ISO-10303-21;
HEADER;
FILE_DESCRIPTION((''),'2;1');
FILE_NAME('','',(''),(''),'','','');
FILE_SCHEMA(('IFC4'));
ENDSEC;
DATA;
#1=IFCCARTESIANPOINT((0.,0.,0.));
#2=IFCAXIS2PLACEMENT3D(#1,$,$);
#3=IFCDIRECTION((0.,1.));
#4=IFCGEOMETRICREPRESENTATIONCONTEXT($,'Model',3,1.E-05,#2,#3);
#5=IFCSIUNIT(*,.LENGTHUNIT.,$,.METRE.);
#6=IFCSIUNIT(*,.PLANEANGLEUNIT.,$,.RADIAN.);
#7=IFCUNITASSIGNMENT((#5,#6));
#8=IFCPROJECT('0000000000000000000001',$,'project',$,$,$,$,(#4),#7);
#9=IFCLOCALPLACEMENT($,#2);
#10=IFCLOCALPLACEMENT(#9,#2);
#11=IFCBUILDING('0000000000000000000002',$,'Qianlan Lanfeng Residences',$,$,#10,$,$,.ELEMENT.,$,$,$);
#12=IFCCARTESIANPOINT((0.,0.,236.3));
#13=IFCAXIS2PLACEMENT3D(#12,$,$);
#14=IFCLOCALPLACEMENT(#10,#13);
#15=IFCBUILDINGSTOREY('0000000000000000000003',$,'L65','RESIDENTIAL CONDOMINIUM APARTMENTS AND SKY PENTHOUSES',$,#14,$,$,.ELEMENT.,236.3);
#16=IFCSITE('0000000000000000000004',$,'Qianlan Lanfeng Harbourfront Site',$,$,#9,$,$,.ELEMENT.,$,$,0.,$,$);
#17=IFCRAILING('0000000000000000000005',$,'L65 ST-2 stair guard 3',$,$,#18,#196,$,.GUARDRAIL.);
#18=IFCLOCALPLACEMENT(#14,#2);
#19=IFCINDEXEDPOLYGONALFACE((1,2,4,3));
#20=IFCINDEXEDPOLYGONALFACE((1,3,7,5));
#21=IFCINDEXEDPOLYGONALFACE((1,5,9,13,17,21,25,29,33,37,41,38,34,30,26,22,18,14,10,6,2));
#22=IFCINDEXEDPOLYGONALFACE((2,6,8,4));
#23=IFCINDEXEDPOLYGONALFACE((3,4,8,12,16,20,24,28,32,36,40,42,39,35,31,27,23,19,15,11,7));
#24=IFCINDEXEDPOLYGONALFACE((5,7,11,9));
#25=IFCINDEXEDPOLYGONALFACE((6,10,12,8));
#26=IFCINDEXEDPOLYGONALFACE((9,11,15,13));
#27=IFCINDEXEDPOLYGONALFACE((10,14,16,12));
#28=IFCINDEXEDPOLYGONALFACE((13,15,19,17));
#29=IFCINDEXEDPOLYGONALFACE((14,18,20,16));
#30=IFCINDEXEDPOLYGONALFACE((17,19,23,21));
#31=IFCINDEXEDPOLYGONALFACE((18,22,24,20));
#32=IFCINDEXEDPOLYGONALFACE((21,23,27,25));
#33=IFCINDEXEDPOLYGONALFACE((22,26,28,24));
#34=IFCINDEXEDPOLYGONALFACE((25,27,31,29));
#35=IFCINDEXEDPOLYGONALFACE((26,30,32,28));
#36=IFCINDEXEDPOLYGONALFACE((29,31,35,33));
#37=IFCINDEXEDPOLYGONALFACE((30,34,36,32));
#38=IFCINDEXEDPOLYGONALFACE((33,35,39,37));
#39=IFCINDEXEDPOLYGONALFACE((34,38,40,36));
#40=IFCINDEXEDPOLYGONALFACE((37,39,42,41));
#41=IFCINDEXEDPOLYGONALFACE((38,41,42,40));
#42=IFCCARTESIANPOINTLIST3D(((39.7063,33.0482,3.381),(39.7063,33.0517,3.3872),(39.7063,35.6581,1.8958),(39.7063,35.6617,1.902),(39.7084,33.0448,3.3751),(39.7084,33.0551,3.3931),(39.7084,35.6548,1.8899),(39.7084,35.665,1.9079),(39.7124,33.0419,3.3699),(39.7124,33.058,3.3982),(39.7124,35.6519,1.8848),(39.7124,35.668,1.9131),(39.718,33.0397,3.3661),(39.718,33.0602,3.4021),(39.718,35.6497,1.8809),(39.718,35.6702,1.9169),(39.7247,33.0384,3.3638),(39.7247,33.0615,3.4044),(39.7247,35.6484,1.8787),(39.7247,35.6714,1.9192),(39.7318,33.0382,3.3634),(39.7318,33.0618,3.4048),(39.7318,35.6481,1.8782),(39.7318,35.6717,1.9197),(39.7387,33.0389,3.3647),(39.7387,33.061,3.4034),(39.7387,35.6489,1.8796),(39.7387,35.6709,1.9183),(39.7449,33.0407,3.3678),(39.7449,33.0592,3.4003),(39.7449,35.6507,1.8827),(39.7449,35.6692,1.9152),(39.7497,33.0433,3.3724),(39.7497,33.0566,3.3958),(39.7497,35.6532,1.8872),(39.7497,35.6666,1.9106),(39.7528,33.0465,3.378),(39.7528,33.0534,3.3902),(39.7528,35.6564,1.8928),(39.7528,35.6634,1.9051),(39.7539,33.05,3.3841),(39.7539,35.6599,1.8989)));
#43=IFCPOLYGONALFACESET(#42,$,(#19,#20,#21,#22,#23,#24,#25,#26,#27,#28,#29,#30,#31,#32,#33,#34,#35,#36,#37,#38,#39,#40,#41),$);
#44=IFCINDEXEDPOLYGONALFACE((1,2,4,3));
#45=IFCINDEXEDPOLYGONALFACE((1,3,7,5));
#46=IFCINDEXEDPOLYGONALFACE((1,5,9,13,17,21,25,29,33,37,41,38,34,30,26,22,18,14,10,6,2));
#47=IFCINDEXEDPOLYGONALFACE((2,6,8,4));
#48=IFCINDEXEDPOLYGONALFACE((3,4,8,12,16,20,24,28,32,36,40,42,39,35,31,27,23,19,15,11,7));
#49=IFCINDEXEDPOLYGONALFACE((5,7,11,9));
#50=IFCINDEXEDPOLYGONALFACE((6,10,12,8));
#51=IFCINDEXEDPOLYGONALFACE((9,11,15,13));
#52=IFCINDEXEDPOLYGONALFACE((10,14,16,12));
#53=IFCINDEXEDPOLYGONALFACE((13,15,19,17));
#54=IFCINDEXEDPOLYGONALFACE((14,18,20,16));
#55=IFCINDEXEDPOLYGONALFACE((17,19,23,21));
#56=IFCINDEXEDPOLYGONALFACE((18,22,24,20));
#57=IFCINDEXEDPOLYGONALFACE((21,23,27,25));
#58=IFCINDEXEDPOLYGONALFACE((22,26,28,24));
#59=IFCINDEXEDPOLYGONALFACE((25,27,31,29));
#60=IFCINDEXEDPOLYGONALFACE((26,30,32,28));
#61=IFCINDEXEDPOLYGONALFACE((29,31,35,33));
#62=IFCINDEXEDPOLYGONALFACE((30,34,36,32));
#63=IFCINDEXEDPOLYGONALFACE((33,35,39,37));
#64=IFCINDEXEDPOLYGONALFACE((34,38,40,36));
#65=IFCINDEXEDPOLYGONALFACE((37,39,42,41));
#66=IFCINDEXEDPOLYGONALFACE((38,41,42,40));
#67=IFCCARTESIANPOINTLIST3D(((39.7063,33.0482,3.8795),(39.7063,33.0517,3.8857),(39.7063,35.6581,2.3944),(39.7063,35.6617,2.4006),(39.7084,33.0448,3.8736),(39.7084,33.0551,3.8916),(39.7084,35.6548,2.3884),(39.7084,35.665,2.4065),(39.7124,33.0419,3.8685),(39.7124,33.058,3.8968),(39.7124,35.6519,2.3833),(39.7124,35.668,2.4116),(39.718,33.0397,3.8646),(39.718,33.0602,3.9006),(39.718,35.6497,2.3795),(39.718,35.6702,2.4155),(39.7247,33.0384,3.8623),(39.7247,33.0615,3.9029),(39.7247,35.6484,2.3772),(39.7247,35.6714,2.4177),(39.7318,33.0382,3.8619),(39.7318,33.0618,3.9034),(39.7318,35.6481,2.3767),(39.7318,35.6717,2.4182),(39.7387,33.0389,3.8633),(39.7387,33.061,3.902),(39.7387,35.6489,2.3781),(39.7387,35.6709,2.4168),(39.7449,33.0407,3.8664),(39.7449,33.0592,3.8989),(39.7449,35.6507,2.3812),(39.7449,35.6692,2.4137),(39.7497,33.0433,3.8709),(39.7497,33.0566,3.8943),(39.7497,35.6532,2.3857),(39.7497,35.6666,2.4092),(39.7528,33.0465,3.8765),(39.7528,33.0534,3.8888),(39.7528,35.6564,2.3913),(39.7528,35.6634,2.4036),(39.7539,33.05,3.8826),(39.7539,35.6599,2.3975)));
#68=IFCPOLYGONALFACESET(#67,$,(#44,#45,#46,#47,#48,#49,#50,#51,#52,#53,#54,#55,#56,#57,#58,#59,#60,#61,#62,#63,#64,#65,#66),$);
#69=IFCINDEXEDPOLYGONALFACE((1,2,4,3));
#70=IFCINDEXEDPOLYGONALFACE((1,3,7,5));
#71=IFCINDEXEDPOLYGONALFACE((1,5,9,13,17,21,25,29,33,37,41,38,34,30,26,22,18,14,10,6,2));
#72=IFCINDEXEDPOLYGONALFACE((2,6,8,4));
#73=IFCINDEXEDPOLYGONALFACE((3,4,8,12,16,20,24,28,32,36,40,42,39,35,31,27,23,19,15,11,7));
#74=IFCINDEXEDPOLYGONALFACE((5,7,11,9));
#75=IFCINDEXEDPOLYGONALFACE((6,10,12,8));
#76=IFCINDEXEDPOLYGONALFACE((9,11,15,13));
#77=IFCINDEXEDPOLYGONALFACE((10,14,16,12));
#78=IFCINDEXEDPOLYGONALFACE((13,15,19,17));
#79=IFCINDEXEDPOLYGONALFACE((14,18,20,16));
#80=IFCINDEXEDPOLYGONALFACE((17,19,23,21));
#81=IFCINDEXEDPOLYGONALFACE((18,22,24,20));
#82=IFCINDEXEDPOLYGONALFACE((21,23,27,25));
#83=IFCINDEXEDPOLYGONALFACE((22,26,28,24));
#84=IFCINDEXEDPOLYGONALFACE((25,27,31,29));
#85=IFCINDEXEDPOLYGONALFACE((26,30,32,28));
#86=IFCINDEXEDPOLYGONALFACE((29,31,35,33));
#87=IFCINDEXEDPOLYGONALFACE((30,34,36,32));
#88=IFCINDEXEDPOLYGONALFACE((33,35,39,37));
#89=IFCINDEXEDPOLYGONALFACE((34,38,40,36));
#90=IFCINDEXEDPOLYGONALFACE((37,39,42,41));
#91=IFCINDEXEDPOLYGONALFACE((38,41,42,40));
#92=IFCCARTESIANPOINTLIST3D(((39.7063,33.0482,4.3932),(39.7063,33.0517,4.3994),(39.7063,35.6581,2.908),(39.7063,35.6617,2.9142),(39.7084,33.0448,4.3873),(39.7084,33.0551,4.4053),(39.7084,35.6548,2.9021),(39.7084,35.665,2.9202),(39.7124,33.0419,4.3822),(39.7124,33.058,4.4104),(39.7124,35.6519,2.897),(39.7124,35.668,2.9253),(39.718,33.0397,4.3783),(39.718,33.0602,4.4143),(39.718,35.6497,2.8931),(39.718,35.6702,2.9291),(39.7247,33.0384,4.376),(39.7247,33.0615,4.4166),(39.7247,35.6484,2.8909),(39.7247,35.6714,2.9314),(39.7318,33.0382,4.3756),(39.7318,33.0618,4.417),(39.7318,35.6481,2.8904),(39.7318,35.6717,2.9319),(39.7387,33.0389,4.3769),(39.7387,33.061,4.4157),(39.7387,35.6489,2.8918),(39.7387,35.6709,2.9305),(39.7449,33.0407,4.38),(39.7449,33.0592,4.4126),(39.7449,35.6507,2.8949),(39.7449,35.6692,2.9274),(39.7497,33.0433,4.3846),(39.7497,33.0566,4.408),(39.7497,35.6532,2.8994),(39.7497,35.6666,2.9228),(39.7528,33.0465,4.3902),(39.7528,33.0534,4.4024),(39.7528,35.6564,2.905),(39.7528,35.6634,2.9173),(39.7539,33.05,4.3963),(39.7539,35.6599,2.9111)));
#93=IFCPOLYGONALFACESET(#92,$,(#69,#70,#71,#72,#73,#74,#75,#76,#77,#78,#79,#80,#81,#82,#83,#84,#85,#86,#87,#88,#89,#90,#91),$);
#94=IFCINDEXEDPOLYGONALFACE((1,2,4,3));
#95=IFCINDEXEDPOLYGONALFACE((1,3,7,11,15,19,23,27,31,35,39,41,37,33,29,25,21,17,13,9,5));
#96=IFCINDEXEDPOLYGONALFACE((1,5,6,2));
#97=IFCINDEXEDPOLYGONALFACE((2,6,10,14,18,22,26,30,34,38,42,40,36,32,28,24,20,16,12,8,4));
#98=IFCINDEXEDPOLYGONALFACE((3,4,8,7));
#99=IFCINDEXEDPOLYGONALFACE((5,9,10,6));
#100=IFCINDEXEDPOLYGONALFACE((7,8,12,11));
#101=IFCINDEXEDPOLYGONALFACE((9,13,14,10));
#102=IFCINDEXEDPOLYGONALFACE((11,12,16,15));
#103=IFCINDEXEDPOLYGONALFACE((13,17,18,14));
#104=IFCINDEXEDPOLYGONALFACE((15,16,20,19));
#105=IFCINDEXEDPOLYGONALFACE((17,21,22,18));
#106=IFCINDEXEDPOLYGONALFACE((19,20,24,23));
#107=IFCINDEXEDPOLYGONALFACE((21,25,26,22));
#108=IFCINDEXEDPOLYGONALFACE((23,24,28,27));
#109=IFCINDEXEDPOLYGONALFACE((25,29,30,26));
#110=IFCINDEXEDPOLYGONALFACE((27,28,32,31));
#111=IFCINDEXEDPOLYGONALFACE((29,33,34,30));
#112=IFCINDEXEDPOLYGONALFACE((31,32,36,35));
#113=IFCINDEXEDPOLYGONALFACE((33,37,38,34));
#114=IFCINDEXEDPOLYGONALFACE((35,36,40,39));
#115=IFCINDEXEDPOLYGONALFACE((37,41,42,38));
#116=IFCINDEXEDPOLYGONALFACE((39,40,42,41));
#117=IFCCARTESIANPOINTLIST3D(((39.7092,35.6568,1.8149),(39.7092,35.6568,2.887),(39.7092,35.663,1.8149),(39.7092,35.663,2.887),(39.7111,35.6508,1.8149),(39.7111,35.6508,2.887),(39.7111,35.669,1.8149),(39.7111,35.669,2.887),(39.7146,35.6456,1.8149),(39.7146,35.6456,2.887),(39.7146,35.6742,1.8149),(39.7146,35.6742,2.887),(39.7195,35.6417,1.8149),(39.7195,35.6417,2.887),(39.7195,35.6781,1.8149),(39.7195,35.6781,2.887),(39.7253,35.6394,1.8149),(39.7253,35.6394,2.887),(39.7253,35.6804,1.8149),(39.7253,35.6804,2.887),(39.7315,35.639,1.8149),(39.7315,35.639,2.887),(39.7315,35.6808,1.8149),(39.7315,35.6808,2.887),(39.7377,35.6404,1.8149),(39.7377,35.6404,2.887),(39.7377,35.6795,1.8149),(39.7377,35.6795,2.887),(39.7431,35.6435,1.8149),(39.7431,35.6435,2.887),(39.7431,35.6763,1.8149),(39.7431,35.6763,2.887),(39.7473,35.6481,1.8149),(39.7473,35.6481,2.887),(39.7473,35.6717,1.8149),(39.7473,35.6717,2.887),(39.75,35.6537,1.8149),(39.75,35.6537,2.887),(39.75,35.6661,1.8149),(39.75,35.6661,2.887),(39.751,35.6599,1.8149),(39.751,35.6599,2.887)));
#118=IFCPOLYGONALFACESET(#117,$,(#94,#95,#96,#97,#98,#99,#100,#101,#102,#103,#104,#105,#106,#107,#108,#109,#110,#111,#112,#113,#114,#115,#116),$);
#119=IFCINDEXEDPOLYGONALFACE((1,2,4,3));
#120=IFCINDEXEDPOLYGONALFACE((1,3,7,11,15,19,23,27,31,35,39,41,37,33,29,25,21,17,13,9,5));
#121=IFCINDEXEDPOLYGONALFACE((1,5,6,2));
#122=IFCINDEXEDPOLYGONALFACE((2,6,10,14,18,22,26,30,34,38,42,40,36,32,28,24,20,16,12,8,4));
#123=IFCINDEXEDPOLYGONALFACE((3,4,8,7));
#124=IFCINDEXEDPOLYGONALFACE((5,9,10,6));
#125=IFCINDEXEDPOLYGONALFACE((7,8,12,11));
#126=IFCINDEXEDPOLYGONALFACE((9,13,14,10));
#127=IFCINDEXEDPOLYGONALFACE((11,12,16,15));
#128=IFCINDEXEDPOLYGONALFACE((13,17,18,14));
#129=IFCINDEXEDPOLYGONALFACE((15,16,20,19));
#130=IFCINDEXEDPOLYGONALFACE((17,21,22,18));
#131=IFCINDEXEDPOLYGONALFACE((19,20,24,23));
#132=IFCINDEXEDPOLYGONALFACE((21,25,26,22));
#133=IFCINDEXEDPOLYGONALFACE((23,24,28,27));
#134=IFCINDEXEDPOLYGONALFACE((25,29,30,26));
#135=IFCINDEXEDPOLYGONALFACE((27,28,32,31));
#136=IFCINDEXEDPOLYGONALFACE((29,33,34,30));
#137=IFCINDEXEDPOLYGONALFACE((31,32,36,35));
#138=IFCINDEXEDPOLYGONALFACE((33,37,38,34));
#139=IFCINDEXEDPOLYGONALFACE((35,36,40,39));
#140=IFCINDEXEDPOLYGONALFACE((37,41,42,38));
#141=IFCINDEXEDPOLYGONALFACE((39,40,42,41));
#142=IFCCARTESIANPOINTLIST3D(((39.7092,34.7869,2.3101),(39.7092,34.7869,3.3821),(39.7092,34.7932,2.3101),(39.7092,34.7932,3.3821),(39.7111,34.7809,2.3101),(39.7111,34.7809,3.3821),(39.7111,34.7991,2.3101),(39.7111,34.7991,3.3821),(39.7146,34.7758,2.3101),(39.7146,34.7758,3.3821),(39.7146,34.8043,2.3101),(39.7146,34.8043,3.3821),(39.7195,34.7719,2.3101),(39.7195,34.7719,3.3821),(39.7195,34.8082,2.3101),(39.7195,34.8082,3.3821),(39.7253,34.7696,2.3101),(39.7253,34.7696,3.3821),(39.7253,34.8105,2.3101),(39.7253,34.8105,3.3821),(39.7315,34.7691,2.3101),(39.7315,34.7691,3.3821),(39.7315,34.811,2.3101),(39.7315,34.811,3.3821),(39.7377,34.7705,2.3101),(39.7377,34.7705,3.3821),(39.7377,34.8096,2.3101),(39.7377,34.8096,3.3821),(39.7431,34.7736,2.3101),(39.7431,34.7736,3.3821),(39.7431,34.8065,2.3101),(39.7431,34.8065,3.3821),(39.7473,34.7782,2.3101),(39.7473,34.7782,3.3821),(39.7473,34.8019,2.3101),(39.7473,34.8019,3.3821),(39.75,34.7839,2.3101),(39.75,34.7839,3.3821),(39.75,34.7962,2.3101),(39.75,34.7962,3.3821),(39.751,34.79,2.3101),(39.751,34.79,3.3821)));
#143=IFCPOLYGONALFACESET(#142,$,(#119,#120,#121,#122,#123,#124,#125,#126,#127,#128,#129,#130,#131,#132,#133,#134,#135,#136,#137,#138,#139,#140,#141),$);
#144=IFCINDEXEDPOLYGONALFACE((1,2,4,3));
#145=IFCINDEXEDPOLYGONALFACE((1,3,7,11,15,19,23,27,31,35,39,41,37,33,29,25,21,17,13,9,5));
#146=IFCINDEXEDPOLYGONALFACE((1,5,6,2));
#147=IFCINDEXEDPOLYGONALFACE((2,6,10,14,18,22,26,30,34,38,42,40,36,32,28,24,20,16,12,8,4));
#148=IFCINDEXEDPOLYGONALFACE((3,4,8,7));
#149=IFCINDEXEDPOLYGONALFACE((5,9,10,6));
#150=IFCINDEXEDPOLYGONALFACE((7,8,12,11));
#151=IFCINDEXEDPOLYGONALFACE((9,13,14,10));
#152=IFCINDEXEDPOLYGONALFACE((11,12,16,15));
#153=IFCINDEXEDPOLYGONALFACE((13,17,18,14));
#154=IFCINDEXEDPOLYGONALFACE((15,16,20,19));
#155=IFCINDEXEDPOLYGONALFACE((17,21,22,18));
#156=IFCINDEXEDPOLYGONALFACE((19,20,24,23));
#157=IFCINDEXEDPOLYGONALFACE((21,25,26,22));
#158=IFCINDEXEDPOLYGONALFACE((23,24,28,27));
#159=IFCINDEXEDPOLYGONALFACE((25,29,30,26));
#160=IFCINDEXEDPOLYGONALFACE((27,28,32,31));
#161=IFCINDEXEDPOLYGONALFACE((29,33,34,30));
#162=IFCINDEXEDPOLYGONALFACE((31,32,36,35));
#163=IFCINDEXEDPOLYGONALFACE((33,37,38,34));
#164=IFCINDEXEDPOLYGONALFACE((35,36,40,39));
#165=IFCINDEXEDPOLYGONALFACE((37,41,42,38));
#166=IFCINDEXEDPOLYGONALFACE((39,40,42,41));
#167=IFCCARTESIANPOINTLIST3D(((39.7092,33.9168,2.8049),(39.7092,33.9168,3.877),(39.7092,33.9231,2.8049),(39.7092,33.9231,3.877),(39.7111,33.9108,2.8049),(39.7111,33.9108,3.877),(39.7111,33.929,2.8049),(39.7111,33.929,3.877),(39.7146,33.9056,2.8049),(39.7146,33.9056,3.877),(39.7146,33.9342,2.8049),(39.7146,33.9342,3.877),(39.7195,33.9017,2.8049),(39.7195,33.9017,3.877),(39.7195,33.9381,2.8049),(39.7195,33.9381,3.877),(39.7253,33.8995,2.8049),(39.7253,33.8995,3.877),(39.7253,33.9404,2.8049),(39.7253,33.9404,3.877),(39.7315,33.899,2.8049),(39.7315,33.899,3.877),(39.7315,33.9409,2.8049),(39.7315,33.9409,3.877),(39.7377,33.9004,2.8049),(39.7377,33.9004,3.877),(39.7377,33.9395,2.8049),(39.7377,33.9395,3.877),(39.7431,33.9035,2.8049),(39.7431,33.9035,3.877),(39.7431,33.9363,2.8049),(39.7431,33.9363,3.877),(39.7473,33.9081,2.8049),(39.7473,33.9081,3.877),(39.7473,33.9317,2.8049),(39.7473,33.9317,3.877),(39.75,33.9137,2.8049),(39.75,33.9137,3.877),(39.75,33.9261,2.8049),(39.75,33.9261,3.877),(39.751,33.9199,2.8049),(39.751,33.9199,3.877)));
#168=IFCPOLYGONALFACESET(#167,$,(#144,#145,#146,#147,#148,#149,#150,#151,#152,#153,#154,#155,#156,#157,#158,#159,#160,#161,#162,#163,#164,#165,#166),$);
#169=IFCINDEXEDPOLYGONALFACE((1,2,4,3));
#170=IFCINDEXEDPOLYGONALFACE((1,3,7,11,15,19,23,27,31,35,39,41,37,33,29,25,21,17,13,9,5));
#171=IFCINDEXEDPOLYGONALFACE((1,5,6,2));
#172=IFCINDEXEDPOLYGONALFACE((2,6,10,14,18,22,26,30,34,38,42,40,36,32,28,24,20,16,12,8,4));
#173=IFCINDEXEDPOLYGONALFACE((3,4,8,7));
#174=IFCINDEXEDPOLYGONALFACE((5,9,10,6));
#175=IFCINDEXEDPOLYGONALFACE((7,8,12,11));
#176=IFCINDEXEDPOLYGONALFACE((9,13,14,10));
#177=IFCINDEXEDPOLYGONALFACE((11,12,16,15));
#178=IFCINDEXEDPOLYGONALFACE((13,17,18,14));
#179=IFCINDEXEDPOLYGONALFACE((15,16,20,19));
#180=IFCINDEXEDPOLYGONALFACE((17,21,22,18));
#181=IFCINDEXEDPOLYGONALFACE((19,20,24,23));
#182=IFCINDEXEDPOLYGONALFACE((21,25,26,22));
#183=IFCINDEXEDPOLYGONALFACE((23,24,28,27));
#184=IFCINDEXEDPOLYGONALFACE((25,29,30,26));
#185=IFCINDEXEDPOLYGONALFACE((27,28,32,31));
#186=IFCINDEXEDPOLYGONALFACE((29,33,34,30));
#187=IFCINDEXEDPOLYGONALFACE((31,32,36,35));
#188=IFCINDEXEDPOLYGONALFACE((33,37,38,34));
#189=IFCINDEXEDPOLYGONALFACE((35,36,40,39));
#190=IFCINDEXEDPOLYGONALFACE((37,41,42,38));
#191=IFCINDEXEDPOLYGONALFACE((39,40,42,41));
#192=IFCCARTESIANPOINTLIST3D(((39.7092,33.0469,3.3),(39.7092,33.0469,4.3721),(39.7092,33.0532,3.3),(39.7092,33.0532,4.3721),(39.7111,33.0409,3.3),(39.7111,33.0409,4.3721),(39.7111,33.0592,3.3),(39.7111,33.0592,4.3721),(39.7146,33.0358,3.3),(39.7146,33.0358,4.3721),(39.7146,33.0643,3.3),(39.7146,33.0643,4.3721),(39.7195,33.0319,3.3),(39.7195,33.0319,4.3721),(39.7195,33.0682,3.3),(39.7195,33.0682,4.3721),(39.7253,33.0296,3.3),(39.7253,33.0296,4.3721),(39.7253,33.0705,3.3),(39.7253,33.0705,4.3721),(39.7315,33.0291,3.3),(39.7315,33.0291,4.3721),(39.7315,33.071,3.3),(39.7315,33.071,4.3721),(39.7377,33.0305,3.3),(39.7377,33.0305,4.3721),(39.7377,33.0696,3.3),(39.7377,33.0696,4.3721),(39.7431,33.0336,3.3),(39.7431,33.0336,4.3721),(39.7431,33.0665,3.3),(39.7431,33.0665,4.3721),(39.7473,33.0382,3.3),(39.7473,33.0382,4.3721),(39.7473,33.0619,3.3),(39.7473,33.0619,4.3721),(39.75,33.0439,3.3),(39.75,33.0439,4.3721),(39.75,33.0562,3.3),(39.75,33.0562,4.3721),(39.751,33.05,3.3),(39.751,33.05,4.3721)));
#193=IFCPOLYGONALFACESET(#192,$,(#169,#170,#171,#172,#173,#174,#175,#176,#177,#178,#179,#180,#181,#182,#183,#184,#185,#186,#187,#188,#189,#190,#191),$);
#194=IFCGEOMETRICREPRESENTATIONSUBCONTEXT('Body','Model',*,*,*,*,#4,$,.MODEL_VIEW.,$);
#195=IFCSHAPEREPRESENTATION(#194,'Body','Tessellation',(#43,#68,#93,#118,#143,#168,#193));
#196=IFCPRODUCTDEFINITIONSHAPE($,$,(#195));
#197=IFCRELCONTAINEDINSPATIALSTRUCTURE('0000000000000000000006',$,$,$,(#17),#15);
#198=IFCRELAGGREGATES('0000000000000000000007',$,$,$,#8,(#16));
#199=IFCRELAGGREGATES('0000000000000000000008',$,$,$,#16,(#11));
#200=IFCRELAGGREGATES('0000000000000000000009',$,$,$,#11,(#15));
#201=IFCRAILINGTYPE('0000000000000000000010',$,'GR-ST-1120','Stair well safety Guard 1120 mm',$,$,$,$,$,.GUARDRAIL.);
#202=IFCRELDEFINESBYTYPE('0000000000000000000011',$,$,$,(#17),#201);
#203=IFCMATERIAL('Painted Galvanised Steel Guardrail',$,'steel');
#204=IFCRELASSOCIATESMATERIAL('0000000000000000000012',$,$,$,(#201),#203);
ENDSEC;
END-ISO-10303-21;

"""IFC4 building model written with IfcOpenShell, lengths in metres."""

from ifc_helpers import new_model, si_unit, direction, frame, origin, origin_2d, place, context, subcontext, project, spatial, circle, extrude, material, type_object, element, save


model = new_model("IFC4")

# Units and contexts
model_context = context("Model", 3, precision=1e-05, world=origin(), true_north=direction((0.0, 1.0)))
body_context = subcontext(model_context, "Body", "Model", "MODEL_VIEW")
ifc_project = project(units=[si_unit("LENGTHUNIT", "METRE"), si_unit("PLANEANGLEUNIT", "RADIAN")], contexts=[model_context])

# Site, building, storey
site_placement = place(None, origin())
site = spatial("IfcSite", under=ifc_project, at=site_placement, Name="Qianlan Lanfeng Harbourfront Site", CompositionType="ELEMENT", RefElevation=0.0)
building_placement = place(site_placement, origin())
building = spatial("IfcBuilding", under=site, at=building_placement, Name="Qianlan Lanfeng Residences", CompositionType="ELEMENT")
storey_placement = place(building_placement, frame((0.0, 0.0, 236.3)))
storey = spatial("IfcBuildingStorey", under=building, at=storey_placement, Name="L65", Description="RESIDENTIAL CONDOMINIUM APARTMENTS AND SKY PENTHOUSES", CompositionType="ELEMENT", Elevation=236.3)

# Railing
ifc_material_1 = material(Name="Painted Galvanised Steel Guardrail", Category="steel")
railing_type_1 = type_object("IfcRailingType", Name="GR-ST-1120", Description="Stair well safety Guard 1120 mm", PredefinedType="GUARDRAIL", material=ifc_material_1)
railing_1_placement = place(storey_placement, frame((39.73, 35.6599, 1.8149)))
element("IfcRailing", 1, at=railing_1_placement, inside=storey, type_object=railing_type_1, Name="L65 ST-2 stair guard 3", PredefinedType="GUARDRAIL", context=body_context, shape_type="SweptSolid", body=[
    extrude(circle(Radius=0.0239, at=origin_2d()), frame((0.0, 0.0, 0.084), z_axis=(0.0, -0.869137, 0.494571), x_axis=(1.0, 0.0, 0.0)), (0.0, 0.0, 1.0), 3.0029),
    extrude(circle(Radius=0.0239, at=origin_2d()), frame((0.0, 0.0, 0.5825), z_axis=(0.0, -0.869137, 0.494571), x_axis=(1.0, 0.0, 0.0)), (0.0, 0.0, 1.0), 3.0029),
    extrude(circle(Radius=0.0239, at=origin_2d()), frame((0.0, 0.0, 1.0962), z_axis=(0.0, -0.869137, 0.494571), x_axis=(1.0, 0.0, 0.0)), (0.0, 0.0, 1.0), 3.0029),
    extrude(circle(Radius=0.021, at=origin_2d()), origin(), (0.0, 0.0, 1.0), 1.072),
    extrude(circle(Radius=0.021, at=origin_2d()), frame((0.0, -0.8699, 0.4951)), (0.0, 0.0, 1.0), 1.072),
    extrude(circle(Radius=0.021, at=origin_2d()), frame((0.0, -1.74, 0.99)), (0.0, 0.0, 1.0), 1.072),
    extrude(circle(Radius=0.021, at=origin_2d()), frame((0.0, -2.6099, 1.4851)), (0.0, 0.0, 1.0), 1.072),
])

save(model, "model.ifc")
